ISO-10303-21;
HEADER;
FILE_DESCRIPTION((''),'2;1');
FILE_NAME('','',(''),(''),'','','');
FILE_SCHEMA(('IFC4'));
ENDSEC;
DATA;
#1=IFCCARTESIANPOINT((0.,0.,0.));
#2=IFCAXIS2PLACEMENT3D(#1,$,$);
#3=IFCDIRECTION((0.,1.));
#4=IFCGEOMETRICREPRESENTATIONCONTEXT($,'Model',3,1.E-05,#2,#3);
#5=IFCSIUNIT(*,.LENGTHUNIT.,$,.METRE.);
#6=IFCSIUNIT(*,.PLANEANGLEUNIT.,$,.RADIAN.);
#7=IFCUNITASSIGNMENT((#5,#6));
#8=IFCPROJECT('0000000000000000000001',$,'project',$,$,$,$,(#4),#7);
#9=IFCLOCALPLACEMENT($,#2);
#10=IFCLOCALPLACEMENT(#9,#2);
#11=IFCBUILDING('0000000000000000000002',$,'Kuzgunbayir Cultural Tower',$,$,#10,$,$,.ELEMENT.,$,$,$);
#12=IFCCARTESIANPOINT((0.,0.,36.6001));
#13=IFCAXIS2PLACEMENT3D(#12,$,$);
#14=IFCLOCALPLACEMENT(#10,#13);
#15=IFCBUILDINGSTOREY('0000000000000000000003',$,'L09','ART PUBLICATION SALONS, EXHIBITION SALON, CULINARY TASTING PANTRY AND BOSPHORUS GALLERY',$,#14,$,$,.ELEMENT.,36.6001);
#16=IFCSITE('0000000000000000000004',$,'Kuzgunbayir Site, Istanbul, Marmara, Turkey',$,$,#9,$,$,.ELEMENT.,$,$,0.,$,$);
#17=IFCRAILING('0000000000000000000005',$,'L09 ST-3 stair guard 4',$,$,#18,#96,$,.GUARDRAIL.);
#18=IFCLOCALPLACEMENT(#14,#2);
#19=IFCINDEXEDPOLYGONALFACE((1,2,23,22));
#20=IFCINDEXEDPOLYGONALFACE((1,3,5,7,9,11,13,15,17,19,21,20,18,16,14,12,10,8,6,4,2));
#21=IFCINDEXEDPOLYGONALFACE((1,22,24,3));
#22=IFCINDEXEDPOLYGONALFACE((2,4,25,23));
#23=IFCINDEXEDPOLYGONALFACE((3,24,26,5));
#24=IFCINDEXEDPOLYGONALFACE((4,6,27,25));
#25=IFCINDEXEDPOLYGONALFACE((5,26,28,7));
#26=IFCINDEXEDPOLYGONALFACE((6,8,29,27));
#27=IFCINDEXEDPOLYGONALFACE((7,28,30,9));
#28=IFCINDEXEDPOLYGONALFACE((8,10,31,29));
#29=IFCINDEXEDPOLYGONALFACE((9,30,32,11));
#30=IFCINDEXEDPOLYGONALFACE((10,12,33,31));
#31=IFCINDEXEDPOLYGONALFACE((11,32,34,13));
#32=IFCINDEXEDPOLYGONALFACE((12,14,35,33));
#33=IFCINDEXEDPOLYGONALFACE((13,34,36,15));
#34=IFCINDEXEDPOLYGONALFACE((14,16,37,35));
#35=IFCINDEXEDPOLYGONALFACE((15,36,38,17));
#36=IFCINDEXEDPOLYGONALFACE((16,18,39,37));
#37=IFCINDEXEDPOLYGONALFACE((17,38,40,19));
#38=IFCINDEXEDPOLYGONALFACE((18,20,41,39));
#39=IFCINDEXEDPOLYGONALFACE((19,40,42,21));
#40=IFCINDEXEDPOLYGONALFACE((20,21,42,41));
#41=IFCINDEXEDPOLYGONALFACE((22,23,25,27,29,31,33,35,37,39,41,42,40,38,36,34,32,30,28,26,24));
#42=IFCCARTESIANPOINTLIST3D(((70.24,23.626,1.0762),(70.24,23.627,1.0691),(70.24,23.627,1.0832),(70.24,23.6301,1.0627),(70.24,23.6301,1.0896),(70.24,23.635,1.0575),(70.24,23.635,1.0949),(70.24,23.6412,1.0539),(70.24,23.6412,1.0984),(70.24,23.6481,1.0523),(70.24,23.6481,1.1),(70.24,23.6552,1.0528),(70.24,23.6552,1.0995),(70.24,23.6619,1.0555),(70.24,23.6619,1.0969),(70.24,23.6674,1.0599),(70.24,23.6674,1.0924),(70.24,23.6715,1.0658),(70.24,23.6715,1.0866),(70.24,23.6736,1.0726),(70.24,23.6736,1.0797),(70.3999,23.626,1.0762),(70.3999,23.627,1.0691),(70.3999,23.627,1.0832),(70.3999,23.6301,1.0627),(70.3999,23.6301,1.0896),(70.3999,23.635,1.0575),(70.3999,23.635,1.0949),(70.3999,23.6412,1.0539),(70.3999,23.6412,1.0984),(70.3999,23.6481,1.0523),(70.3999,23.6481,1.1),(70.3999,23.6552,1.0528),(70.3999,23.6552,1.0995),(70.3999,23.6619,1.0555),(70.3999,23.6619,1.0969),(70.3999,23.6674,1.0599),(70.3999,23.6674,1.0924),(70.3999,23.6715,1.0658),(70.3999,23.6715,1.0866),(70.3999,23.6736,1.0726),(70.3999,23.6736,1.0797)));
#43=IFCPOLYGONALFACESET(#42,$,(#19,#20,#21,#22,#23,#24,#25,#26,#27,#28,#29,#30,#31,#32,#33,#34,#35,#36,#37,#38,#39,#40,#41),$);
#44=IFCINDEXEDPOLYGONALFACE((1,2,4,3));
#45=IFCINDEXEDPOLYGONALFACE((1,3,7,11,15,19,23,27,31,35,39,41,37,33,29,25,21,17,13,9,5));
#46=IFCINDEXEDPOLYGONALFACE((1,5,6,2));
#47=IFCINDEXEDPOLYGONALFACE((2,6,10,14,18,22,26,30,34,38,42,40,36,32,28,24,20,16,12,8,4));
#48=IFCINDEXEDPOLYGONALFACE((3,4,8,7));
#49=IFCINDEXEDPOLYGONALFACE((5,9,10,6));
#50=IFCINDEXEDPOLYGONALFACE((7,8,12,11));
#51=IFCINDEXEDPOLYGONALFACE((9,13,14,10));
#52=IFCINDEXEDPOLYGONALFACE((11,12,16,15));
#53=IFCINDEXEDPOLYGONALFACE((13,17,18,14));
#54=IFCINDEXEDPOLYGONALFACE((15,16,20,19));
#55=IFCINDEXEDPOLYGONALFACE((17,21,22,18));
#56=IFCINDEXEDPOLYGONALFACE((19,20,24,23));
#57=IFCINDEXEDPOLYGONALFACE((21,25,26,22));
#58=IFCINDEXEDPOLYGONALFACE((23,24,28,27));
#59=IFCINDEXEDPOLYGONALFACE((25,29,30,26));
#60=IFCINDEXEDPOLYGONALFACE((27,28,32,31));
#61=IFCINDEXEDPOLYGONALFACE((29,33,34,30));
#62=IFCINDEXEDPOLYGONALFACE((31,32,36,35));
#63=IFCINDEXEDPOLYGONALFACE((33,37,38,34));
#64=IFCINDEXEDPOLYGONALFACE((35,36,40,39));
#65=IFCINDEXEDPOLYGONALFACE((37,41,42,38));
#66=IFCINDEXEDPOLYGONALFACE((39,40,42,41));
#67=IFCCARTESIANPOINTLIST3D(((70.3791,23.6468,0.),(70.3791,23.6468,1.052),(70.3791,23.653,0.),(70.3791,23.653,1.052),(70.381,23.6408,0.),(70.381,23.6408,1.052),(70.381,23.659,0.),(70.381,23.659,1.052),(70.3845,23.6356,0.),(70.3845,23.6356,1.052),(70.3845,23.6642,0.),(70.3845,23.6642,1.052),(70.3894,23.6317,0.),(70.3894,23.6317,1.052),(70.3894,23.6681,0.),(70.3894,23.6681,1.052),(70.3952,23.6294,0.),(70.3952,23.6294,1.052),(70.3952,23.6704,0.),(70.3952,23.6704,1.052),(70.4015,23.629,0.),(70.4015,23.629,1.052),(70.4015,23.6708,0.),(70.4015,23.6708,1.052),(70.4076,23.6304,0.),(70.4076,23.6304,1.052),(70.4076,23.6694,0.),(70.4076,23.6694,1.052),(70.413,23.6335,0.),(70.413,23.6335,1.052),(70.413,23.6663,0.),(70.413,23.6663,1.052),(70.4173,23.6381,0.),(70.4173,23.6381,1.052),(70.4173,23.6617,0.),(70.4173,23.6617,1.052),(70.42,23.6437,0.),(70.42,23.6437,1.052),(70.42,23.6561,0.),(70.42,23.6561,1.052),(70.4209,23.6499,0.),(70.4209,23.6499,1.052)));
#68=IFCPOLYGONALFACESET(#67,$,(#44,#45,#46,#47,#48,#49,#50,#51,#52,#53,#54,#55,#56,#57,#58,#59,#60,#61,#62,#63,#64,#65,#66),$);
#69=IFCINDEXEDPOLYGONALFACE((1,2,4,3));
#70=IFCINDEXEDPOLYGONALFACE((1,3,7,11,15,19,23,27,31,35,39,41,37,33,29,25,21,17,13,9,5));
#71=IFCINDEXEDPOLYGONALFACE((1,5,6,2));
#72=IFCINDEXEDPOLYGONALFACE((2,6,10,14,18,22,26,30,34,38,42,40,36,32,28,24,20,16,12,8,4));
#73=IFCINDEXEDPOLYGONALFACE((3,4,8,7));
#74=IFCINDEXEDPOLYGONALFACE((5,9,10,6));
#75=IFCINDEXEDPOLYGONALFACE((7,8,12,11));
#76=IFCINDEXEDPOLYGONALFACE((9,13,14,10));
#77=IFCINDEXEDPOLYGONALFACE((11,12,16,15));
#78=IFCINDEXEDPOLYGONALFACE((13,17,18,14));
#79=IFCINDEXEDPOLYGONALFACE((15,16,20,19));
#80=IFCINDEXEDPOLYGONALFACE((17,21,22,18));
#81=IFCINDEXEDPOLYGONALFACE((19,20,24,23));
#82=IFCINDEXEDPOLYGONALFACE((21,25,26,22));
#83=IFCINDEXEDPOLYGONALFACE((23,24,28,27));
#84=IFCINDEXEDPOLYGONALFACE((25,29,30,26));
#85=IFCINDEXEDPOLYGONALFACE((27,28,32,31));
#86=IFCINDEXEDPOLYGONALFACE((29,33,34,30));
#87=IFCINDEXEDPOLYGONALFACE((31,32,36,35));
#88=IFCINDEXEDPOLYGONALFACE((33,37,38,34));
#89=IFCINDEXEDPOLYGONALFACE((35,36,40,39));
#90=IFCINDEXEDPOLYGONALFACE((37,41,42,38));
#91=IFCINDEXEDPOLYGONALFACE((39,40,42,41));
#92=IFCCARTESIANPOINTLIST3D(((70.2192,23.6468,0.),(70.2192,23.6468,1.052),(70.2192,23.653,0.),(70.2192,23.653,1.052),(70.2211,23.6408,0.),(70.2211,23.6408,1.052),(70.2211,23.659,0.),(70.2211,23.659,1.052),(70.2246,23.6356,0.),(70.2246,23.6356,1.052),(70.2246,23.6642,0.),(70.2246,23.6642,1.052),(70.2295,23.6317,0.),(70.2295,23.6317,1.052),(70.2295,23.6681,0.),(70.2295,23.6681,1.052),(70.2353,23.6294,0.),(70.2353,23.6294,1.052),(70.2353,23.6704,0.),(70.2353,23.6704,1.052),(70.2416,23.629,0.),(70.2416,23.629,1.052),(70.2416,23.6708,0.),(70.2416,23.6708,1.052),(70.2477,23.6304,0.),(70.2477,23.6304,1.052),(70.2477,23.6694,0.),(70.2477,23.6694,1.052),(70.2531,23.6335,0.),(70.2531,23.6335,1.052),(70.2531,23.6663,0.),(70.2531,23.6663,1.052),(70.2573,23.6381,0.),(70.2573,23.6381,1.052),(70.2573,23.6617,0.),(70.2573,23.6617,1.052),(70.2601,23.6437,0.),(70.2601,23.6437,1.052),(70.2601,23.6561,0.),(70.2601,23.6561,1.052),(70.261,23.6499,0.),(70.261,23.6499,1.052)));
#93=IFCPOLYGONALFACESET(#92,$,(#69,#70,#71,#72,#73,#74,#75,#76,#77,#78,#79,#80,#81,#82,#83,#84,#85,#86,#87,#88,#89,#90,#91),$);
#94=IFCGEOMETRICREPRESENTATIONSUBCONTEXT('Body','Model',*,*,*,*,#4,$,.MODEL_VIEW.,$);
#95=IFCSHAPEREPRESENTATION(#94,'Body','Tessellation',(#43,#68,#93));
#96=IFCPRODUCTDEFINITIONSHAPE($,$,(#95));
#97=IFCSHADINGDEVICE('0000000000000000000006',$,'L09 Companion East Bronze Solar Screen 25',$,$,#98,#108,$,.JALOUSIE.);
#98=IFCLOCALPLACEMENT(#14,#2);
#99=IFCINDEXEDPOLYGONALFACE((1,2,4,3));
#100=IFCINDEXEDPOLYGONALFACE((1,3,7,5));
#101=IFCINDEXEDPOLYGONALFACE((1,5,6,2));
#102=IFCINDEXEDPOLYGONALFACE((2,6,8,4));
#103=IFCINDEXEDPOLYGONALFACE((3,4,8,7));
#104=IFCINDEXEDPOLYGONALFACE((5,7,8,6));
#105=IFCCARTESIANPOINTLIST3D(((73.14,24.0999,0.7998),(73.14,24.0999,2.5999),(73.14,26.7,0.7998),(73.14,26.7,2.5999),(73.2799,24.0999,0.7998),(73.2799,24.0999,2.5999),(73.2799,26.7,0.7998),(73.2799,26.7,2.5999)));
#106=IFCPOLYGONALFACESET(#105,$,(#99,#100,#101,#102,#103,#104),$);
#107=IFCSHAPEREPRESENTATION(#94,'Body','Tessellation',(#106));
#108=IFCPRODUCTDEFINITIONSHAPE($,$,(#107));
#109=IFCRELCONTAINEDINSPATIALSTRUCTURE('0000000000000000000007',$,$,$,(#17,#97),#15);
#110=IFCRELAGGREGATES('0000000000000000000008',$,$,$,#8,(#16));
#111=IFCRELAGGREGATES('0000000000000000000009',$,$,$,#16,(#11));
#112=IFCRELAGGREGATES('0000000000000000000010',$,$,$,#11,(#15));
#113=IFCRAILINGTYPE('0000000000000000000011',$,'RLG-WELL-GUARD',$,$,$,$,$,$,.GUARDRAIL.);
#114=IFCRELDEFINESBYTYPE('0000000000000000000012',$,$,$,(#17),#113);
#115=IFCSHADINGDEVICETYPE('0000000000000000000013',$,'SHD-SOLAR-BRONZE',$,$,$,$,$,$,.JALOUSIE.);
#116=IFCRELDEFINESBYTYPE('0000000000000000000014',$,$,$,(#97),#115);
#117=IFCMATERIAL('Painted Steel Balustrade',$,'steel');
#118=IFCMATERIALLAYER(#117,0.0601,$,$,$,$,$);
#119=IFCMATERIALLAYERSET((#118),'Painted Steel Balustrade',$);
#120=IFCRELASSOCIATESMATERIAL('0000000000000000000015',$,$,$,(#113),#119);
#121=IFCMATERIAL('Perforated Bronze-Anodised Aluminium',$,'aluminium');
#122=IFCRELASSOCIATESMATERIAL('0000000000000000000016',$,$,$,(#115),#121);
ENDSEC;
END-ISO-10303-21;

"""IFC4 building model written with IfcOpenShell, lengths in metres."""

from ifc_helpers import new_model, si_unit, direction, frame, origin, origin_2d, place, context, subcontext, project, spatial, rectangle, circle, extrude, material, layer, layer_set, type_object, element, save


model = new_model("IFC4")

# Units and contexts
model_context = context("Model", 3, precision=1e-05, world=origin(), true_north=direction((0.0, 1.0)))
body_context = subcontext(model_context, "Body", "Model", "MODEL_VIEW")
ifc_project = project(units=[si_unit("LENGTHUNIT", "METRE"), si_unit("PLANEANGLEUNIT", "RADIAN")], contexts=[model_context])

# Site, building, storey
site_placement = place(None, origin())
site = spatial("IfcSite", under=ifc_project, at=site_placement, Name="Kuzgunbayir Site, Istanbul, Marmara, Turkey", CompositionType="ELEMENT", RefElevation=0.0)
building_placement = place(site_placement, origin())
building = spatial("IfcBuilding", under=site, at=building_placement, Name="Kuzgunbayir Cultural Tower", CompositionType="ELEMENT")
storey_placement = place(building_placement, frame((0.0, 0.0, 36.6001)))
storey = spatial("IfcBuildingStorey", under=building, at=storey_placement, Name="L09", Description="ART PUBLICATION SALONS, EXHIBITION SALON, CULINARY TASTING PANTRY AND BOSPHORUS GALLERY", CompositionType="ELEMENT", Elevation=36.6001)

# Railing
ifc_material_1 = material(Name="Painted Steel Balustrade", Category="steel")
ifc_layer_1 = layer(ifc_material_1, 0.0601)
ifc_layer_set_1 = layer_set([ifc_layer_1], Name="Painted Steel Balustrade")
railing_type_1 = type_object("IfcRailingType", Name="RLG-WELL-GUARD", PredefinedType="GUARDRAIL", material=ifc_layer_set_1)
railing_1_placement = place(storey_placement, frame((70.3999, 23.6499, 0.0)))
element("IfcRailing", 1, at=railing_1_placement, inside=storey, type_object=railing_type_1, Name="L09 ST-3 stair guard 4", PredefinedType="GUARDRAIL", context=body_context, shape_type="SweptSolid", body=[
    extrude(circle(Radius=0.0239, at=origin_2d()), frame((0.0, 0.0, 1.0762), z_axis=(-1.0, 0.0, 0.0), x_axis=(0.0, -1.0, 0.0)), (0.0, 0.0, 1.0), 0.1599),
    extrude(circle(Radius=0.021, at=origin_2d()), origin(), (0.0, 0.0, 1.0), 1.052),
    extrude(circle(Radius=0.021, at=origin_2d()), frame((-0.1599, 0.0, 0.0)), (0.0, 0.0, 1.0), 1.052),
])

# Shading device
ifc_material_2 = material(Name="Perforated Bronze-Anodised Aluminium", Category="aluminium")
shading_device_type = type_object("IfcShadingDeviceType", Name="SHD-SOLAR-BRONZE", PredefinedType="JALOUSIE", material=ifc_material_2)
shading_device_placement = place(storey_placement, frame((73.21, 25.3999, 0.7998), z_axis=(0.0, 0.0, 1.0), x_axis=(1.0, 0.0, 0.0)))
element("IfcShadingDevice", 2, at=shading_device_placement, inside=storey, type_object=shading_device_type, Name="L09 Companion East Bronze Solar Screen 25", PredefinedType="JALOUSIE", context=body_context, shape_type="SweptSolid", body=[
    extrude(rectangle(XDim=0.1399, YDim=2.6001, at=origin_2d()), origin(), (0.0, 0.0, 1.0), 1.8),
])

save(model, "model.ifc")
